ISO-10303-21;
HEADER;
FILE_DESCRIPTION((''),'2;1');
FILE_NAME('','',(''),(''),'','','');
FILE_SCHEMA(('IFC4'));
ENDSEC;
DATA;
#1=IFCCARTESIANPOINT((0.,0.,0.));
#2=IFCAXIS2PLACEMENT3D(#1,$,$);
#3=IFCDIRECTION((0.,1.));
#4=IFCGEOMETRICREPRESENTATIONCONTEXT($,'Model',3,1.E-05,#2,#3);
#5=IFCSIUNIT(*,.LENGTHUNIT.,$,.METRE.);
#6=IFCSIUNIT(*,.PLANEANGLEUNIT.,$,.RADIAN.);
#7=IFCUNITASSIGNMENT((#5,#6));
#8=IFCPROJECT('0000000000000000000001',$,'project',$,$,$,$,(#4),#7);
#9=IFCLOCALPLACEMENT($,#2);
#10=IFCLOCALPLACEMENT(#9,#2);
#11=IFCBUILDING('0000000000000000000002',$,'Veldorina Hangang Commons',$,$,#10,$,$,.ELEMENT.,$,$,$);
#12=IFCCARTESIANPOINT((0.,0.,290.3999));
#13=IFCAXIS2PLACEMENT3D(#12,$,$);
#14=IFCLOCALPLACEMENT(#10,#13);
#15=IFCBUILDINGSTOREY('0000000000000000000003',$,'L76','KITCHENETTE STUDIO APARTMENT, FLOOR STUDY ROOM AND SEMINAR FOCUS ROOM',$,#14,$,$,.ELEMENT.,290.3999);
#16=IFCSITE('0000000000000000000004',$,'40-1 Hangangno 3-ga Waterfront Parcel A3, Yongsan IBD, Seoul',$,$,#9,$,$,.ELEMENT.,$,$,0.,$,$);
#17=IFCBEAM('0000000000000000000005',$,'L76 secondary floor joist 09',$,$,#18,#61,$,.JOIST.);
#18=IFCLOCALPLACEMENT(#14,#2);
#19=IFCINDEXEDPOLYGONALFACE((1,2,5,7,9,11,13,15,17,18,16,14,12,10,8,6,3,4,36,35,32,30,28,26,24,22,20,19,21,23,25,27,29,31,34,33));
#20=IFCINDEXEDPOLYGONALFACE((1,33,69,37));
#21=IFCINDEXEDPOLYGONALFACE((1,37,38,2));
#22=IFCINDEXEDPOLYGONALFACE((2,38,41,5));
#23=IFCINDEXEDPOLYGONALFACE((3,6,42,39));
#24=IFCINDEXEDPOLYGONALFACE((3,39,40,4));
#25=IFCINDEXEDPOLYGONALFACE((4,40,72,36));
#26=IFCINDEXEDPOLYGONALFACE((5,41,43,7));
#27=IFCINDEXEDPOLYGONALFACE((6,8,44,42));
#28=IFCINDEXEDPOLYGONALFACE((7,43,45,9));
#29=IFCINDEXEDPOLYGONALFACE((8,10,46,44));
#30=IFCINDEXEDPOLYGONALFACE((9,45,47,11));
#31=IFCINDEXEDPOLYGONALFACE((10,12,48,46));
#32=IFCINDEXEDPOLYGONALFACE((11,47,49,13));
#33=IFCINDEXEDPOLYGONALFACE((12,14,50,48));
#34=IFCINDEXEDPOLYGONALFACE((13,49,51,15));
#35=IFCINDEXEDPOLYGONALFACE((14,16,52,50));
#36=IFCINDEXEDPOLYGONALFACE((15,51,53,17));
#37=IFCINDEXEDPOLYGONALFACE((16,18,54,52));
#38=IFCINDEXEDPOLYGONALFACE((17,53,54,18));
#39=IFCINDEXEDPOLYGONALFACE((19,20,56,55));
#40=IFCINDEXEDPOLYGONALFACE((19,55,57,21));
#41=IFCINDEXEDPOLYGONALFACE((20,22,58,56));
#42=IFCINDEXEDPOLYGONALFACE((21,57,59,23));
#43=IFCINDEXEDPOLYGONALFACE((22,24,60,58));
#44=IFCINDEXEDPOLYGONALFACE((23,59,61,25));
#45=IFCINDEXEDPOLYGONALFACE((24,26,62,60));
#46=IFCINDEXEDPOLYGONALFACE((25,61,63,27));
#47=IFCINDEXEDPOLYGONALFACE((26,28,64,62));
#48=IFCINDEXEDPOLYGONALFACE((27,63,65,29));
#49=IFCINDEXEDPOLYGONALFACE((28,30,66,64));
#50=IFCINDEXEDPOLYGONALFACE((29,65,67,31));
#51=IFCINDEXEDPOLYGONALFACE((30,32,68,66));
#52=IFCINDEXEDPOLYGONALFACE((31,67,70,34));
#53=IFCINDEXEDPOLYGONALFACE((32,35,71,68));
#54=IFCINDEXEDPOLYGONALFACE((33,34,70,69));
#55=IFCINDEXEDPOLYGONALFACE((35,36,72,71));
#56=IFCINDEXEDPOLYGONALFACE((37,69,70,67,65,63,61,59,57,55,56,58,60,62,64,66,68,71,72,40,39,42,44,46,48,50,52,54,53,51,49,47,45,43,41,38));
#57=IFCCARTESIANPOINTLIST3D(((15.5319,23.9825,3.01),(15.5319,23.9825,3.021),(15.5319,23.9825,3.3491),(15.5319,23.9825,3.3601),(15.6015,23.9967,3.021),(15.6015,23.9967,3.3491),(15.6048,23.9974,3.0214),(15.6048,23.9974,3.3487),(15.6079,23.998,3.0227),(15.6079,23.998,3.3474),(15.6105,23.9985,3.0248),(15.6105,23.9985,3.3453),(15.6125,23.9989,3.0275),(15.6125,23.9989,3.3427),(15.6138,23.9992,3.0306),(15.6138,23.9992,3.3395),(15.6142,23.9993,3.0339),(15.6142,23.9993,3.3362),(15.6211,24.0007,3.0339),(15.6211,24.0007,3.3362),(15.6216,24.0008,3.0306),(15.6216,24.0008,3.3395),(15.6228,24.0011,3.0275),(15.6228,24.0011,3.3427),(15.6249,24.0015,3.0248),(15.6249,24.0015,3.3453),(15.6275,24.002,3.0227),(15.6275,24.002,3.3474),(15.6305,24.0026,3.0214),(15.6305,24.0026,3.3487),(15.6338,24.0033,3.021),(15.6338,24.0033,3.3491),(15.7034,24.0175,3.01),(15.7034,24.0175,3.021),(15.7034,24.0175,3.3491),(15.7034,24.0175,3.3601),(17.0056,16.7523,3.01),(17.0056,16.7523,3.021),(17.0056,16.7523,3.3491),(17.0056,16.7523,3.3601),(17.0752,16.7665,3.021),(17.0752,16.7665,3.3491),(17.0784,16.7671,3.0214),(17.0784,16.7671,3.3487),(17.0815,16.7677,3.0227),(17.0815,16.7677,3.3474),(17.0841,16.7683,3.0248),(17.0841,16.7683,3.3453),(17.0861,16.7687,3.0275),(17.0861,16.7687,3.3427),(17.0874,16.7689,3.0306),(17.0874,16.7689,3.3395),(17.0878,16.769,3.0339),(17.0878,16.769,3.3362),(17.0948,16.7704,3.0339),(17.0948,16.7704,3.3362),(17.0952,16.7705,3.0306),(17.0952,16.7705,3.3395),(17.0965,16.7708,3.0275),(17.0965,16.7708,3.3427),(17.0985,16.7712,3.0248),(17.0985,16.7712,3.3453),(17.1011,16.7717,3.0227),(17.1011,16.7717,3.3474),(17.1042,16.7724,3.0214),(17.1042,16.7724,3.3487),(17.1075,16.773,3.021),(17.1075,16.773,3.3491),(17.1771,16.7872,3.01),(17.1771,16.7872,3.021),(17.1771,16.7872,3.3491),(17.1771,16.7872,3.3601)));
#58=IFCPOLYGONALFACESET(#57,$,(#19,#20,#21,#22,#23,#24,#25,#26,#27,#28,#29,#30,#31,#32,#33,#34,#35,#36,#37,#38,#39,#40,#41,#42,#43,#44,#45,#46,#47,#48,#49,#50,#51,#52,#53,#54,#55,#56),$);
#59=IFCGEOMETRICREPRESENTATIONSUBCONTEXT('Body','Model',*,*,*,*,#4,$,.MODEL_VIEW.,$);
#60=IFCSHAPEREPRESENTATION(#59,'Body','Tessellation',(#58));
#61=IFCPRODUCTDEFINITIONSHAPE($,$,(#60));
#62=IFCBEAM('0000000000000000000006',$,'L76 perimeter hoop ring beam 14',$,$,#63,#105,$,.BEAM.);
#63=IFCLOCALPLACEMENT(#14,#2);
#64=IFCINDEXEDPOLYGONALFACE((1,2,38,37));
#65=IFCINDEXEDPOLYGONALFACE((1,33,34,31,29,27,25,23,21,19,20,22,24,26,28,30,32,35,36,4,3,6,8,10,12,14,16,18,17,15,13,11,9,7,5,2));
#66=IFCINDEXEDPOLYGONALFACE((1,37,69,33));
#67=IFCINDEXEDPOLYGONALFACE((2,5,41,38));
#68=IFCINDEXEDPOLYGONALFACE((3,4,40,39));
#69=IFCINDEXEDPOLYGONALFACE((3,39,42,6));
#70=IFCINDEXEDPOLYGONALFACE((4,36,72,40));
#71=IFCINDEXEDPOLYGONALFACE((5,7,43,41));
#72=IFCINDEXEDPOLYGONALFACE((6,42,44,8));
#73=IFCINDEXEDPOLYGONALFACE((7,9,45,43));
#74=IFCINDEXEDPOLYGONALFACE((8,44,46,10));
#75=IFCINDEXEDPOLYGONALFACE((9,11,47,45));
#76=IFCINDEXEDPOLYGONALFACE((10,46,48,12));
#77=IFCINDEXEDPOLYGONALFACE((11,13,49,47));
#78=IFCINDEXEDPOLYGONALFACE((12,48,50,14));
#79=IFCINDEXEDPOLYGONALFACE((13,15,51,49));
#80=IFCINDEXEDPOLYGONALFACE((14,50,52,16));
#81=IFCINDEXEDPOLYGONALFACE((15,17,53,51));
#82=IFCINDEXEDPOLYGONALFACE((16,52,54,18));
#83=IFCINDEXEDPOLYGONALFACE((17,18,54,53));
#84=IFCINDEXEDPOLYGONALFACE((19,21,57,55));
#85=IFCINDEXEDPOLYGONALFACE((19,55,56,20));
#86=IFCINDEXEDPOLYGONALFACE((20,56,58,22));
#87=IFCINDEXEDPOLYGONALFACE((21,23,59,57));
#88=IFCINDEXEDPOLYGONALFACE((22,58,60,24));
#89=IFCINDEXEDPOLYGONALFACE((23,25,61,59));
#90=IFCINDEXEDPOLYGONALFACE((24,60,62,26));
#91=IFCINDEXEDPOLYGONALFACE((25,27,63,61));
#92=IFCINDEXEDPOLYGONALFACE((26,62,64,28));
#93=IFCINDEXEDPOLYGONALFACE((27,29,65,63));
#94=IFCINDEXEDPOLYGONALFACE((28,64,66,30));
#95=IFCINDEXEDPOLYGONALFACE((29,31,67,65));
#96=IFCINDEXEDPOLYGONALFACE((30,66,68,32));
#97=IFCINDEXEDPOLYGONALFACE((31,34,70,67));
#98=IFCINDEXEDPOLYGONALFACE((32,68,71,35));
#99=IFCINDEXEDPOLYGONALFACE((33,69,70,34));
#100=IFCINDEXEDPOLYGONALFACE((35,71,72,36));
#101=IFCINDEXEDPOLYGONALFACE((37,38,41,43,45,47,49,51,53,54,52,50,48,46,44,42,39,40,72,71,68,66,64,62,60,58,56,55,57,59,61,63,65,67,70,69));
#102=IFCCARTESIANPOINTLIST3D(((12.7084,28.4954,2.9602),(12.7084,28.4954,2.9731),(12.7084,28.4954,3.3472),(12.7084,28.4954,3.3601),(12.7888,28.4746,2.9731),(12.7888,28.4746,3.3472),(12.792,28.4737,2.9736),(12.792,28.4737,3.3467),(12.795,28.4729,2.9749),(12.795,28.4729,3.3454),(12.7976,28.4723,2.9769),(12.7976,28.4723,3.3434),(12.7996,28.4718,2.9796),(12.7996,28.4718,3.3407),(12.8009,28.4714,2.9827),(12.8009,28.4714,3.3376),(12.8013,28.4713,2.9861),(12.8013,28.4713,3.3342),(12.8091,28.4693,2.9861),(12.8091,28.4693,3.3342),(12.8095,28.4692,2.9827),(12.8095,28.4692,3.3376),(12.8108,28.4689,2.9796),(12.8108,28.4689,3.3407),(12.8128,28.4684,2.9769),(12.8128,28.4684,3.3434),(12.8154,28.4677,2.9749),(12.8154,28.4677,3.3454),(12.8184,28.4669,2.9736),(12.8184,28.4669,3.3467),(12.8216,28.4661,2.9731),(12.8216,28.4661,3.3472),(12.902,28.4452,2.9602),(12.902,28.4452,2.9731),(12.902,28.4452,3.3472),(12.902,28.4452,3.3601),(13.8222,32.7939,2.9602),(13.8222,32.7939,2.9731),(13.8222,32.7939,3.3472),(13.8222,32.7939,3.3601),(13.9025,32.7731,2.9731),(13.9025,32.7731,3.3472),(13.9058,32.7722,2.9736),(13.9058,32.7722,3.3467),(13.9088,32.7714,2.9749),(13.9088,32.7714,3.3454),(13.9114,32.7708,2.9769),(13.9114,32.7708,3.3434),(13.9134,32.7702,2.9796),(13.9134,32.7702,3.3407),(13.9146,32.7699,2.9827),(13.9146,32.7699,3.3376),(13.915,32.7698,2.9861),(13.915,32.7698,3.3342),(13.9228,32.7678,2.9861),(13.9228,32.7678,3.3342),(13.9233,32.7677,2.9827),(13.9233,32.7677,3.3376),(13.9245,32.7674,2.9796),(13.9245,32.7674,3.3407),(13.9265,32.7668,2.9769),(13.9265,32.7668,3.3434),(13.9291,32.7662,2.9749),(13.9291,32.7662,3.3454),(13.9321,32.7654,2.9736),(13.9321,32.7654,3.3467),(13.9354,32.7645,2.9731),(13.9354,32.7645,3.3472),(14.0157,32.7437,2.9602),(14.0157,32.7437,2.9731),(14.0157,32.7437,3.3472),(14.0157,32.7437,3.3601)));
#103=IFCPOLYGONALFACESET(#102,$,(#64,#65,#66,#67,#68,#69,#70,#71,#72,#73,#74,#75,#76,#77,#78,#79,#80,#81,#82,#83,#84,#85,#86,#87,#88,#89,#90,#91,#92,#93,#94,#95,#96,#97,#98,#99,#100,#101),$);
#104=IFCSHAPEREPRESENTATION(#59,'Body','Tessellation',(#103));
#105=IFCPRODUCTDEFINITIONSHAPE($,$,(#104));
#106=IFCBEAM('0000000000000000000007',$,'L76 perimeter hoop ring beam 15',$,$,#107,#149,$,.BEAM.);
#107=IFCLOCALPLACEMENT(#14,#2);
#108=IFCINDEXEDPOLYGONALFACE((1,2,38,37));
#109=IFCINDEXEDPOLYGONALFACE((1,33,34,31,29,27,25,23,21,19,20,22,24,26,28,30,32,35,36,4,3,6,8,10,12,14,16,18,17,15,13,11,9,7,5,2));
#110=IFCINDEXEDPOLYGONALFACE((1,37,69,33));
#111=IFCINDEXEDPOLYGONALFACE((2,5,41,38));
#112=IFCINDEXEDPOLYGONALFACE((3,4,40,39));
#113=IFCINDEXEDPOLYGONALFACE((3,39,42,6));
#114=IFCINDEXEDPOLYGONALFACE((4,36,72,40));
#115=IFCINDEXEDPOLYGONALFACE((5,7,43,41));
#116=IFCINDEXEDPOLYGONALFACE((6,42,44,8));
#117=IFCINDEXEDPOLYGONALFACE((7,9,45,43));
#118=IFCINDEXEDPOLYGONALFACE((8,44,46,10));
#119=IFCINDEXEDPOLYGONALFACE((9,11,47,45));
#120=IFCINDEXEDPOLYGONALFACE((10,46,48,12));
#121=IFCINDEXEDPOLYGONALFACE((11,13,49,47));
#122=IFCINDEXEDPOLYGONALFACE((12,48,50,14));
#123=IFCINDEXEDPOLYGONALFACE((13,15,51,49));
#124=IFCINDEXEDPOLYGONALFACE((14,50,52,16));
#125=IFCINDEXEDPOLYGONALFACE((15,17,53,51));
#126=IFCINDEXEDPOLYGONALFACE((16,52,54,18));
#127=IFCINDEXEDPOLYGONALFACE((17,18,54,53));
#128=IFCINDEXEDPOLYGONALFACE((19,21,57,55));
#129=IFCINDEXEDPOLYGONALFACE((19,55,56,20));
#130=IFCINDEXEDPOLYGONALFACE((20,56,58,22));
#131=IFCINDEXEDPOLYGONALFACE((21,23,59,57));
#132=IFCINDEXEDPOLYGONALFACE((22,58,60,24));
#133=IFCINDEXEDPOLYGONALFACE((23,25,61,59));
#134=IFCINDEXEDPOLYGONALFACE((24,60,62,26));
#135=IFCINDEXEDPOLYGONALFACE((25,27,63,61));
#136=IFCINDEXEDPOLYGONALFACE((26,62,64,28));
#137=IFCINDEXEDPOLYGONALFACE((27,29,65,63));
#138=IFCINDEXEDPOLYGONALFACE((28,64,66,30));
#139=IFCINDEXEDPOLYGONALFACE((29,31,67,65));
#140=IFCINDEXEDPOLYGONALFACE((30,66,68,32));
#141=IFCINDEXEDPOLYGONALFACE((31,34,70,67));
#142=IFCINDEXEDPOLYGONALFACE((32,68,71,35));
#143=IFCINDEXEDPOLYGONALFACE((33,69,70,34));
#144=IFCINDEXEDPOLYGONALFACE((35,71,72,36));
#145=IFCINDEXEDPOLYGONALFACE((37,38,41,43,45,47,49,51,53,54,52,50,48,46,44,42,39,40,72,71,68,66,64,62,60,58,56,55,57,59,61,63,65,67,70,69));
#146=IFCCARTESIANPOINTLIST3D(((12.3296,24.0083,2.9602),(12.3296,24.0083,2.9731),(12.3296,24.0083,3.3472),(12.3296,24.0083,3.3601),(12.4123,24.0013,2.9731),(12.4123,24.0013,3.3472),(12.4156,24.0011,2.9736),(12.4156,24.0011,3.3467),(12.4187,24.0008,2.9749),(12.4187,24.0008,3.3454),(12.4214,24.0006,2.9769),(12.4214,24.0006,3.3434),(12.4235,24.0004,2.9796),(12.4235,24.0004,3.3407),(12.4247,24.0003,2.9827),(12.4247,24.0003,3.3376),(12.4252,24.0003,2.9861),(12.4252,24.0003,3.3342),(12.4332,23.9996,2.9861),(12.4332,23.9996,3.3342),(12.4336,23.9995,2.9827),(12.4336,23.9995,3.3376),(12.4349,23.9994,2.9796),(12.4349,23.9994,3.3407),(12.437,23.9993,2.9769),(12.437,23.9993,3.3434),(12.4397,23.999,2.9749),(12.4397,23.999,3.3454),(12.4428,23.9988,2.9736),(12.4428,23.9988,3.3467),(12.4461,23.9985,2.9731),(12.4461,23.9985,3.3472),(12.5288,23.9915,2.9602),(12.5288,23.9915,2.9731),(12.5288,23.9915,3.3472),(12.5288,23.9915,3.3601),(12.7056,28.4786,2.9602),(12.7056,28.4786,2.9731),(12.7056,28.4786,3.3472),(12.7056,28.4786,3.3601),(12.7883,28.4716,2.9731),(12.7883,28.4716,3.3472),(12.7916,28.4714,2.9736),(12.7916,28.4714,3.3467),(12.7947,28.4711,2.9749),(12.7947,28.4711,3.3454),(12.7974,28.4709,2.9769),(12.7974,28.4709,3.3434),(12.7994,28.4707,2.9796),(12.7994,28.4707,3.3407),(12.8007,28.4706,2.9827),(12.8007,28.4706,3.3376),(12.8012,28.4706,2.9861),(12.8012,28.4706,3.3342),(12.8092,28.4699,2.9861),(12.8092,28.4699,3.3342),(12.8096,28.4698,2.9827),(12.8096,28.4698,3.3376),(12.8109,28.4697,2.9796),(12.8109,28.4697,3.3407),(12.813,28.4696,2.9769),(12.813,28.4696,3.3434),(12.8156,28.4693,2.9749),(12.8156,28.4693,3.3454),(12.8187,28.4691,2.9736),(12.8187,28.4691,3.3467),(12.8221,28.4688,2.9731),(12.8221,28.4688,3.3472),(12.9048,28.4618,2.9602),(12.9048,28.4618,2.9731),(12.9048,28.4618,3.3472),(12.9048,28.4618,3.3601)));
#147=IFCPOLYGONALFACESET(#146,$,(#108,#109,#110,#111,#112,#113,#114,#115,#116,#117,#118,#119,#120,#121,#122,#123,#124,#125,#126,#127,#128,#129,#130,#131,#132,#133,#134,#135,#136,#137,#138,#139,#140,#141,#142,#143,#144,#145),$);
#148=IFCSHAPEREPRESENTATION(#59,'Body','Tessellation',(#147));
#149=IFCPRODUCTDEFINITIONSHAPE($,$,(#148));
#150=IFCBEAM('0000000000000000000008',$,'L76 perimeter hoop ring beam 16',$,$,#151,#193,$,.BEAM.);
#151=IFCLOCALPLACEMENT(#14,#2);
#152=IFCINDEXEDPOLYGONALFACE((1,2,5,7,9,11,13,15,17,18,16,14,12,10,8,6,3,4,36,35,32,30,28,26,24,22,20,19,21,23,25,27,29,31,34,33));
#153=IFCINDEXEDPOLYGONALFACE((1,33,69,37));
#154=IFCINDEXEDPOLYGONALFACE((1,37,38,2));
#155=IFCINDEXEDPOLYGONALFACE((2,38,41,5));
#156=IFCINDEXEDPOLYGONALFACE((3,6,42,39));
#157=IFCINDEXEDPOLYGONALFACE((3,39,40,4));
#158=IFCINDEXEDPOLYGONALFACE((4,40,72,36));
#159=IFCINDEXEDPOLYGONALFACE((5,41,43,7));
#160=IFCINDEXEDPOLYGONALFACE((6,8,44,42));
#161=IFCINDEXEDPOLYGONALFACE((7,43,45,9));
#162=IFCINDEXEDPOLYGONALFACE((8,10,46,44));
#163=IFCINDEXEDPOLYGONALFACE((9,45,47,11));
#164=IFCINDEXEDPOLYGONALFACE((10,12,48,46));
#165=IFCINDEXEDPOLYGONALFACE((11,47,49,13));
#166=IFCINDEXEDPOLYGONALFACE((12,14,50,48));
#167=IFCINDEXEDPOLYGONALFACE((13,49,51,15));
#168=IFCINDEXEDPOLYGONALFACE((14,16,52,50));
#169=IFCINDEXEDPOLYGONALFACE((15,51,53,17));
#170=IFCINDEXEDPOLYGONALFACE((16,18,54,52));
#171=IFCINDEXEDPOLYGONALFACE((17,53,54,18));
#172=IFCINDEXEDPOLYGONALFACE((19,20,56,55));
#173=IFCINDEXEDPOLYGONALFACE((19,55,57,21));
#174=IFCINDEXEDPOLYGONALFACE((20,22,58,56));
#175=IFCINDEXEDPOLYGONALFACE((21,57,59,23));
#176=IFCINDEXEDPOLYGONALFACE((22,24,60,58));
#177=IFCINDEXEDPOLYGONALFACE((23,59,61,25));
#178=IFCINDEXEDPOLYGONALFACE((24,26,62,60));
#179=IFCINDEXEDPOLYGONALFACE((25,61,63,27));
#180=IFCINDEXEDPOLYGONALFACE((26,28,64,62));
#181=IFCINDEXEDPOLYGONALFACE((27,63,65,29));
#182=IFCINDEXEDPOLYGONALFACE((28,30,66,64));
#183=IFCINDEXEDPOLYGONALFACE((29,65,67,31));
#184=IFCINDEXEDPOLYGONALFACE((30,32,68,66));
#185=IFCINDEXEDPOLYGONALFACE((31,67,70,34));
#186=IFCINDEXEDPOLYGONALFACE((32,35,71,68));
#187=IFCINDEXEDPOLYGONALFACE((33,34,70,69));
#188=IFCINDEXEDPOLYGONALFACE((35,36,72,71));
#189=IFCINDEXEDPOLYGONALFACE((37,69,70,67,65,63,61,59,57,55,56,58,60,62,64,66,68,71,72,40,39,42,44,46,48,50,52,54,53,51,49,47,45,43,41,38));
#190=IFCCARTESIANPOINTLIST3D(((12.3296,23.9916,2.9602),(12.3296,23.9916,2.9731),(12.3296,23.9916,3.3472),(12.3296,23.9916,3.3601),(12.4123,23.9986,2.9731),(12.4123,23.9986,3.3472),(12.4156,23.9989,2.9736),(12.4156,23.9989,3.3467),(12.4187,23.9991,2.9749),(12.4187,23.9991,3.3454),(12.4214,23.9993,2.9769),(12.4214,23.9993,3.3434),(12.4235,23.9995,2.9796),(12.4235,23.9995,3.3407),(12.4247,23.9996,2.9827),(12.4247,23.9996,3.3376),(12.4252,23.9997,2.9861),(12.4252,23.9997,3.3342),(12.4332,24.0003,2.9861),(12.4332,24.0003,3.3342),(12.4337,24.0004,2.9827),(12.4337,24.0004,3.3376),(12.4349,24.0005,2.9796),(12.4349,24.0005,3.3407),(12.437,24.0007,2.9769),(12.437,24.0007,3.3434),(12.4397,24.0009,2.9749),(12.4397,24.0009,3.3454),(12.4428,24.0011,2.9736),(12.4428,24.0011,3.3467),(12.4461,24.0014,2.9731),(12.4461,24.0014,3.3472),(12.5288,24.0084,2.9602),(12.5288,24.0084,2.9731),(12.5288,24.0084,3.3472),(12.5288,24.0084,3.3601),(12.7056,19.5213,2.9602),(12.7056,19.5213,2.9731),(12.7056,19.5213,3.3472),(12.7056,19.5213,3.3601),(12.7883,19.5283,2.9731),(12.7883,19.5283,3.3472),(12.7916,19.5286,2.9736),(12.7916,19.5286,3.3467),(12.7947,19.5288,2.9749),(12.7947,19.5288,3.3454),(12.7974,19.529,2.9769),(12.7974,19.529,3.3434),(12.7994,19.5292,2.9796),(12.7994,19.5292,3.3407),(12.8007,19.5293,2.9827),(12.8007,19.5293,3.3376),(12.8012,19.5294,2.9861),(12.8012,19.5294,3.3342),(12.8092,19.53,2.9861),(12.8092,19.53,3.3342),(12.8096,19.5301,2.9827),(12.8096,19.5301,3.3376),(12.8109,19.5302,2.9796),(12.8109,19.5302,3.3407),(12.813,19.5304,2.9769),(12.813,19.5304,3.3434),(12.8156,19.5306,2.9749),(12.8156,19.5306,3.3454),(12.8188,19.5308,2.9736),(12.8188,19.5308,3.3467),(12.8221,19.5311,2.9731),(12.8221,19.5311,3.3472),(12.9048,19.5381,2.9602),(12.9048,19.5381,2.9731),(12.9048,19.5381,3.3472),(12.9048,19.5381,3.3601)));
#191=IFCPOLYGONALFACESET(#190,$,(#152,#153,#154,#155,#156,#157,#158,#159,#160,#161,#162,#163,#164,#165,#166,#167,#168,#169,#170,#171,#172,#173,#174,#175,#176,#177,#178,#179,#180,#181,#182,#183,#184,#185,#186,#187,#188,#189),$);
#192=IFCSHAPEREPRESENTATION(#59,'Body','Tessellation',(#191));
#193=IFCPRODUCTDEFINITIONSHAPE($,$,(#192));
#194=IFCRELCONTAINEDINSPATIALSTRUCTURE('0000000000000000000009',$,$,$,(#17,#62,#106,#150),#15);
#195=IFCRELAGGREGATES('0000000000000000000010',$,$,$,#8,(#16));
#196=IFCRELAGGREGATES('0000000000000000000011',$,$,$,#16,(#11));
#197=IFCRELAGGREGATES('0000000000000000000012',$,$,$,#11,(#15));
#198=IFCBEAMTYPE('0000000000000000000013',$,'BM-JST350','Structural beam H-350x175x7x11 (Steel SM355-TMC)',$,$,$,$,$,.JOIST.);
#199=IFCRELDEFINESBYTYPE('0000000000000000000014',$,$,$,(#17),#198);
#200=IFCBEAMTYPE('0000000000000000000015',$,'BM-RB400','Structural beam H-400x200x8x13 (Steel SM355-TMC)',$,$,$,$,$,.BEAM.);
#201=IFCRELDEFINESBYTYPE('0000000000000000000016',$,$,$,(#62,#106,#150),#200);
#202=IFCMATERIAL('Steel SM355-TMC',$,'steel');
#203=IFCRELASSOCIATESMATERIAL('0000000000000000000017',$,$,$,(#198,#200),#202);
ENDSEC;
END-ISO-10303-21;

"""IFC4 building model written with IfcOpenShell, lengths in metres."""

from ifc_helpers import new_model, si_unit, direction, frame, origin, origin_2d, place, context, subcontext, project, spatial, i_section, extrude, material, material_profile, profile_set, type_object, element, save


model = new_model("IFC4")

# Units and contexts
model_context = context("Model", 3, precision=1e-05, world=origin(), true_north=direction((0.0, 1.0)))
body_context = subcontext(model_context, "Body", "Model", "MODEL_VIEW")
ifc_project = project(units=[si_unit("LENGTHUNIT", "METRE"), si_unit("PLANEANGLEUNIT", "RADIAN")], contexts=[model_context])

# Site, building, storey
site_placement = place(None, origin())
site = spatial("IfcSite", under=ifc_project, at=site_placement, Name="40-1 Hangangno 3-ga Waterfront Parcel A3, Yongsan IBD, Seoul", CompositionType="ELEMENT", RefElevation=0.0)
building_placement = place(site_placement, origin())
building = spatial("IfcBuilding", under=site, at=building_placement, Name="Veldorina Hangang Commons", CompositionType="ELEMENT")
storey_placement = place(building_placement, frame((0.0, 0.0, 290.3999)))
storey = spatial("IfcBuildingStorey", under=building, at=storey_placement, Name="L76", Description="KITCHENETTE STUDIO APARTMENT, FLOOR STUDY ROOM AND SEMINAR FOCUS ROOM", CompositionType="ELEMENT", Elevation=290.3999)

# Beams
ifc_material_1 = material(Name="Steel SM355-TMC", Category="steel")
ifc_material_profile_1 = material_profile(ifc_material_1, i_section(OverallWidth=0.175, OverallDepth=0.3501, WebThickness=0.0071, FlangeThickness=0.011, FilletRadius=0.0129, at=origin_2d()), Name="H-350x175x7x11")
ifc_profile_set_1 = profile_set([ifc_material_profile_1], Name="Steel SM355-TMC")
beam_type_1 = type_object("IfcBeamType", Name="BM-JST350", Description="Structural beam H-350x175x7x11 (Steel SM355-TMC)", PredefinedType="JOIST", material=ifc_profile_set_1)
beam_1_placement = place(storey_placement, frame((15.6177, 24.0, 3.1851), z_axis=(0.19971, -0.979855, 0.0), x_axis=(0.979855, 0.19971, 0.0)))
element("IfcBeam", 1, at=beam_1_placement, inside=storey, type_object=beam_type_1, Name="L76 secondary floor joist 09", PredefinedType="JOIST", context=body_context, shape_type="SweptSolid", body=[
    extrude(i_section(OverallWidth=0.175, OverallDepth=0.3501, WebThickness=0.0071, FlangeThickness=0.011, FilletRadius=0.0129, at=origin_2d()), origin(), (0.0, 0.0, 1.0), 7.3789),
])
ifc_material_profile_2 = material_profile(ifc_material_1, i_section(OverallWidth=0.2, OverallDepth=0.3999, WebThickness=0.0081, FlangeThickness=0.0129, FilletRadius=0.0129, at=origin_2d()), Name="H-400x200x8x13")
ifc_profile_set_2 = profile_set([ifc_material_profile_2], Name="Steel SM355-TMC")
beam_type_2 = type_object("IfcBeamType", Name="BM-RB400", Description="Structural beam H-400x200x8x13 (Steel SM355-TMC)", PredefinedType="BEAM", material=ifc_profile_set_2)
beam_2_placement = place(storey_placement, frame((13.9189, 32.7688, 3.1602), z_axis=(-0.250819, -0.968034, 0.0), x_axis=(0.968034, -0.250819, 0.0)))
element("IfcBeam", 2, at=beam_2_placement, inside=storey, type_object=beam_type_2, Name="L76 perimeter hoop ring beam 14", PredefinedType="BEAM", context=body_context, shape_type="SweptSolid", body=[
    extrude(i_section(OverallWidth=0.2, OverallDepth=0.3999, WebThickness=0.0081, FlangeThickness=0.0129, FilletRadius=0.0129, at=origin_2d()), origin(), (0.0, 0.0, 1.0), 4.4404),
])
for number, where, z_axis, x_axis, name in (
    (3, (12.8052, 28.4702, 3.1602), (-0.083811, -0.996482, 0.0), (0.996482, -0.083811, 0.0), "L76 perimeter hoop ring beam 15"),
    (4, (12.4292, 24.0, 3.1602), (0.083811, -0.996482, 0.0), (0.996482, 0.083811, 0.0), "L76 perimeter hoop ring beam 16"),
):
    element("IfcBeam", number, at=place(storey_placement, frame(where, z_axis=z_axis, x_axis=x_axis)), inside=storey, type_object=beam_type_2, Name=name, PredefinedType="BEAM", context=body_context, shape_type="SweptSolid", body=[
        extrude(i_section(OverallWidth=0.2, OverallDepth=0.3999, WebThickness=0.0081, FlangeThickness=0.0129, FilletRadius=0.0129, at=origin_2d()), origin(), (0.0, 0.0, 1.0), 4.4861),
    ])

save(model, "model.ifc")
